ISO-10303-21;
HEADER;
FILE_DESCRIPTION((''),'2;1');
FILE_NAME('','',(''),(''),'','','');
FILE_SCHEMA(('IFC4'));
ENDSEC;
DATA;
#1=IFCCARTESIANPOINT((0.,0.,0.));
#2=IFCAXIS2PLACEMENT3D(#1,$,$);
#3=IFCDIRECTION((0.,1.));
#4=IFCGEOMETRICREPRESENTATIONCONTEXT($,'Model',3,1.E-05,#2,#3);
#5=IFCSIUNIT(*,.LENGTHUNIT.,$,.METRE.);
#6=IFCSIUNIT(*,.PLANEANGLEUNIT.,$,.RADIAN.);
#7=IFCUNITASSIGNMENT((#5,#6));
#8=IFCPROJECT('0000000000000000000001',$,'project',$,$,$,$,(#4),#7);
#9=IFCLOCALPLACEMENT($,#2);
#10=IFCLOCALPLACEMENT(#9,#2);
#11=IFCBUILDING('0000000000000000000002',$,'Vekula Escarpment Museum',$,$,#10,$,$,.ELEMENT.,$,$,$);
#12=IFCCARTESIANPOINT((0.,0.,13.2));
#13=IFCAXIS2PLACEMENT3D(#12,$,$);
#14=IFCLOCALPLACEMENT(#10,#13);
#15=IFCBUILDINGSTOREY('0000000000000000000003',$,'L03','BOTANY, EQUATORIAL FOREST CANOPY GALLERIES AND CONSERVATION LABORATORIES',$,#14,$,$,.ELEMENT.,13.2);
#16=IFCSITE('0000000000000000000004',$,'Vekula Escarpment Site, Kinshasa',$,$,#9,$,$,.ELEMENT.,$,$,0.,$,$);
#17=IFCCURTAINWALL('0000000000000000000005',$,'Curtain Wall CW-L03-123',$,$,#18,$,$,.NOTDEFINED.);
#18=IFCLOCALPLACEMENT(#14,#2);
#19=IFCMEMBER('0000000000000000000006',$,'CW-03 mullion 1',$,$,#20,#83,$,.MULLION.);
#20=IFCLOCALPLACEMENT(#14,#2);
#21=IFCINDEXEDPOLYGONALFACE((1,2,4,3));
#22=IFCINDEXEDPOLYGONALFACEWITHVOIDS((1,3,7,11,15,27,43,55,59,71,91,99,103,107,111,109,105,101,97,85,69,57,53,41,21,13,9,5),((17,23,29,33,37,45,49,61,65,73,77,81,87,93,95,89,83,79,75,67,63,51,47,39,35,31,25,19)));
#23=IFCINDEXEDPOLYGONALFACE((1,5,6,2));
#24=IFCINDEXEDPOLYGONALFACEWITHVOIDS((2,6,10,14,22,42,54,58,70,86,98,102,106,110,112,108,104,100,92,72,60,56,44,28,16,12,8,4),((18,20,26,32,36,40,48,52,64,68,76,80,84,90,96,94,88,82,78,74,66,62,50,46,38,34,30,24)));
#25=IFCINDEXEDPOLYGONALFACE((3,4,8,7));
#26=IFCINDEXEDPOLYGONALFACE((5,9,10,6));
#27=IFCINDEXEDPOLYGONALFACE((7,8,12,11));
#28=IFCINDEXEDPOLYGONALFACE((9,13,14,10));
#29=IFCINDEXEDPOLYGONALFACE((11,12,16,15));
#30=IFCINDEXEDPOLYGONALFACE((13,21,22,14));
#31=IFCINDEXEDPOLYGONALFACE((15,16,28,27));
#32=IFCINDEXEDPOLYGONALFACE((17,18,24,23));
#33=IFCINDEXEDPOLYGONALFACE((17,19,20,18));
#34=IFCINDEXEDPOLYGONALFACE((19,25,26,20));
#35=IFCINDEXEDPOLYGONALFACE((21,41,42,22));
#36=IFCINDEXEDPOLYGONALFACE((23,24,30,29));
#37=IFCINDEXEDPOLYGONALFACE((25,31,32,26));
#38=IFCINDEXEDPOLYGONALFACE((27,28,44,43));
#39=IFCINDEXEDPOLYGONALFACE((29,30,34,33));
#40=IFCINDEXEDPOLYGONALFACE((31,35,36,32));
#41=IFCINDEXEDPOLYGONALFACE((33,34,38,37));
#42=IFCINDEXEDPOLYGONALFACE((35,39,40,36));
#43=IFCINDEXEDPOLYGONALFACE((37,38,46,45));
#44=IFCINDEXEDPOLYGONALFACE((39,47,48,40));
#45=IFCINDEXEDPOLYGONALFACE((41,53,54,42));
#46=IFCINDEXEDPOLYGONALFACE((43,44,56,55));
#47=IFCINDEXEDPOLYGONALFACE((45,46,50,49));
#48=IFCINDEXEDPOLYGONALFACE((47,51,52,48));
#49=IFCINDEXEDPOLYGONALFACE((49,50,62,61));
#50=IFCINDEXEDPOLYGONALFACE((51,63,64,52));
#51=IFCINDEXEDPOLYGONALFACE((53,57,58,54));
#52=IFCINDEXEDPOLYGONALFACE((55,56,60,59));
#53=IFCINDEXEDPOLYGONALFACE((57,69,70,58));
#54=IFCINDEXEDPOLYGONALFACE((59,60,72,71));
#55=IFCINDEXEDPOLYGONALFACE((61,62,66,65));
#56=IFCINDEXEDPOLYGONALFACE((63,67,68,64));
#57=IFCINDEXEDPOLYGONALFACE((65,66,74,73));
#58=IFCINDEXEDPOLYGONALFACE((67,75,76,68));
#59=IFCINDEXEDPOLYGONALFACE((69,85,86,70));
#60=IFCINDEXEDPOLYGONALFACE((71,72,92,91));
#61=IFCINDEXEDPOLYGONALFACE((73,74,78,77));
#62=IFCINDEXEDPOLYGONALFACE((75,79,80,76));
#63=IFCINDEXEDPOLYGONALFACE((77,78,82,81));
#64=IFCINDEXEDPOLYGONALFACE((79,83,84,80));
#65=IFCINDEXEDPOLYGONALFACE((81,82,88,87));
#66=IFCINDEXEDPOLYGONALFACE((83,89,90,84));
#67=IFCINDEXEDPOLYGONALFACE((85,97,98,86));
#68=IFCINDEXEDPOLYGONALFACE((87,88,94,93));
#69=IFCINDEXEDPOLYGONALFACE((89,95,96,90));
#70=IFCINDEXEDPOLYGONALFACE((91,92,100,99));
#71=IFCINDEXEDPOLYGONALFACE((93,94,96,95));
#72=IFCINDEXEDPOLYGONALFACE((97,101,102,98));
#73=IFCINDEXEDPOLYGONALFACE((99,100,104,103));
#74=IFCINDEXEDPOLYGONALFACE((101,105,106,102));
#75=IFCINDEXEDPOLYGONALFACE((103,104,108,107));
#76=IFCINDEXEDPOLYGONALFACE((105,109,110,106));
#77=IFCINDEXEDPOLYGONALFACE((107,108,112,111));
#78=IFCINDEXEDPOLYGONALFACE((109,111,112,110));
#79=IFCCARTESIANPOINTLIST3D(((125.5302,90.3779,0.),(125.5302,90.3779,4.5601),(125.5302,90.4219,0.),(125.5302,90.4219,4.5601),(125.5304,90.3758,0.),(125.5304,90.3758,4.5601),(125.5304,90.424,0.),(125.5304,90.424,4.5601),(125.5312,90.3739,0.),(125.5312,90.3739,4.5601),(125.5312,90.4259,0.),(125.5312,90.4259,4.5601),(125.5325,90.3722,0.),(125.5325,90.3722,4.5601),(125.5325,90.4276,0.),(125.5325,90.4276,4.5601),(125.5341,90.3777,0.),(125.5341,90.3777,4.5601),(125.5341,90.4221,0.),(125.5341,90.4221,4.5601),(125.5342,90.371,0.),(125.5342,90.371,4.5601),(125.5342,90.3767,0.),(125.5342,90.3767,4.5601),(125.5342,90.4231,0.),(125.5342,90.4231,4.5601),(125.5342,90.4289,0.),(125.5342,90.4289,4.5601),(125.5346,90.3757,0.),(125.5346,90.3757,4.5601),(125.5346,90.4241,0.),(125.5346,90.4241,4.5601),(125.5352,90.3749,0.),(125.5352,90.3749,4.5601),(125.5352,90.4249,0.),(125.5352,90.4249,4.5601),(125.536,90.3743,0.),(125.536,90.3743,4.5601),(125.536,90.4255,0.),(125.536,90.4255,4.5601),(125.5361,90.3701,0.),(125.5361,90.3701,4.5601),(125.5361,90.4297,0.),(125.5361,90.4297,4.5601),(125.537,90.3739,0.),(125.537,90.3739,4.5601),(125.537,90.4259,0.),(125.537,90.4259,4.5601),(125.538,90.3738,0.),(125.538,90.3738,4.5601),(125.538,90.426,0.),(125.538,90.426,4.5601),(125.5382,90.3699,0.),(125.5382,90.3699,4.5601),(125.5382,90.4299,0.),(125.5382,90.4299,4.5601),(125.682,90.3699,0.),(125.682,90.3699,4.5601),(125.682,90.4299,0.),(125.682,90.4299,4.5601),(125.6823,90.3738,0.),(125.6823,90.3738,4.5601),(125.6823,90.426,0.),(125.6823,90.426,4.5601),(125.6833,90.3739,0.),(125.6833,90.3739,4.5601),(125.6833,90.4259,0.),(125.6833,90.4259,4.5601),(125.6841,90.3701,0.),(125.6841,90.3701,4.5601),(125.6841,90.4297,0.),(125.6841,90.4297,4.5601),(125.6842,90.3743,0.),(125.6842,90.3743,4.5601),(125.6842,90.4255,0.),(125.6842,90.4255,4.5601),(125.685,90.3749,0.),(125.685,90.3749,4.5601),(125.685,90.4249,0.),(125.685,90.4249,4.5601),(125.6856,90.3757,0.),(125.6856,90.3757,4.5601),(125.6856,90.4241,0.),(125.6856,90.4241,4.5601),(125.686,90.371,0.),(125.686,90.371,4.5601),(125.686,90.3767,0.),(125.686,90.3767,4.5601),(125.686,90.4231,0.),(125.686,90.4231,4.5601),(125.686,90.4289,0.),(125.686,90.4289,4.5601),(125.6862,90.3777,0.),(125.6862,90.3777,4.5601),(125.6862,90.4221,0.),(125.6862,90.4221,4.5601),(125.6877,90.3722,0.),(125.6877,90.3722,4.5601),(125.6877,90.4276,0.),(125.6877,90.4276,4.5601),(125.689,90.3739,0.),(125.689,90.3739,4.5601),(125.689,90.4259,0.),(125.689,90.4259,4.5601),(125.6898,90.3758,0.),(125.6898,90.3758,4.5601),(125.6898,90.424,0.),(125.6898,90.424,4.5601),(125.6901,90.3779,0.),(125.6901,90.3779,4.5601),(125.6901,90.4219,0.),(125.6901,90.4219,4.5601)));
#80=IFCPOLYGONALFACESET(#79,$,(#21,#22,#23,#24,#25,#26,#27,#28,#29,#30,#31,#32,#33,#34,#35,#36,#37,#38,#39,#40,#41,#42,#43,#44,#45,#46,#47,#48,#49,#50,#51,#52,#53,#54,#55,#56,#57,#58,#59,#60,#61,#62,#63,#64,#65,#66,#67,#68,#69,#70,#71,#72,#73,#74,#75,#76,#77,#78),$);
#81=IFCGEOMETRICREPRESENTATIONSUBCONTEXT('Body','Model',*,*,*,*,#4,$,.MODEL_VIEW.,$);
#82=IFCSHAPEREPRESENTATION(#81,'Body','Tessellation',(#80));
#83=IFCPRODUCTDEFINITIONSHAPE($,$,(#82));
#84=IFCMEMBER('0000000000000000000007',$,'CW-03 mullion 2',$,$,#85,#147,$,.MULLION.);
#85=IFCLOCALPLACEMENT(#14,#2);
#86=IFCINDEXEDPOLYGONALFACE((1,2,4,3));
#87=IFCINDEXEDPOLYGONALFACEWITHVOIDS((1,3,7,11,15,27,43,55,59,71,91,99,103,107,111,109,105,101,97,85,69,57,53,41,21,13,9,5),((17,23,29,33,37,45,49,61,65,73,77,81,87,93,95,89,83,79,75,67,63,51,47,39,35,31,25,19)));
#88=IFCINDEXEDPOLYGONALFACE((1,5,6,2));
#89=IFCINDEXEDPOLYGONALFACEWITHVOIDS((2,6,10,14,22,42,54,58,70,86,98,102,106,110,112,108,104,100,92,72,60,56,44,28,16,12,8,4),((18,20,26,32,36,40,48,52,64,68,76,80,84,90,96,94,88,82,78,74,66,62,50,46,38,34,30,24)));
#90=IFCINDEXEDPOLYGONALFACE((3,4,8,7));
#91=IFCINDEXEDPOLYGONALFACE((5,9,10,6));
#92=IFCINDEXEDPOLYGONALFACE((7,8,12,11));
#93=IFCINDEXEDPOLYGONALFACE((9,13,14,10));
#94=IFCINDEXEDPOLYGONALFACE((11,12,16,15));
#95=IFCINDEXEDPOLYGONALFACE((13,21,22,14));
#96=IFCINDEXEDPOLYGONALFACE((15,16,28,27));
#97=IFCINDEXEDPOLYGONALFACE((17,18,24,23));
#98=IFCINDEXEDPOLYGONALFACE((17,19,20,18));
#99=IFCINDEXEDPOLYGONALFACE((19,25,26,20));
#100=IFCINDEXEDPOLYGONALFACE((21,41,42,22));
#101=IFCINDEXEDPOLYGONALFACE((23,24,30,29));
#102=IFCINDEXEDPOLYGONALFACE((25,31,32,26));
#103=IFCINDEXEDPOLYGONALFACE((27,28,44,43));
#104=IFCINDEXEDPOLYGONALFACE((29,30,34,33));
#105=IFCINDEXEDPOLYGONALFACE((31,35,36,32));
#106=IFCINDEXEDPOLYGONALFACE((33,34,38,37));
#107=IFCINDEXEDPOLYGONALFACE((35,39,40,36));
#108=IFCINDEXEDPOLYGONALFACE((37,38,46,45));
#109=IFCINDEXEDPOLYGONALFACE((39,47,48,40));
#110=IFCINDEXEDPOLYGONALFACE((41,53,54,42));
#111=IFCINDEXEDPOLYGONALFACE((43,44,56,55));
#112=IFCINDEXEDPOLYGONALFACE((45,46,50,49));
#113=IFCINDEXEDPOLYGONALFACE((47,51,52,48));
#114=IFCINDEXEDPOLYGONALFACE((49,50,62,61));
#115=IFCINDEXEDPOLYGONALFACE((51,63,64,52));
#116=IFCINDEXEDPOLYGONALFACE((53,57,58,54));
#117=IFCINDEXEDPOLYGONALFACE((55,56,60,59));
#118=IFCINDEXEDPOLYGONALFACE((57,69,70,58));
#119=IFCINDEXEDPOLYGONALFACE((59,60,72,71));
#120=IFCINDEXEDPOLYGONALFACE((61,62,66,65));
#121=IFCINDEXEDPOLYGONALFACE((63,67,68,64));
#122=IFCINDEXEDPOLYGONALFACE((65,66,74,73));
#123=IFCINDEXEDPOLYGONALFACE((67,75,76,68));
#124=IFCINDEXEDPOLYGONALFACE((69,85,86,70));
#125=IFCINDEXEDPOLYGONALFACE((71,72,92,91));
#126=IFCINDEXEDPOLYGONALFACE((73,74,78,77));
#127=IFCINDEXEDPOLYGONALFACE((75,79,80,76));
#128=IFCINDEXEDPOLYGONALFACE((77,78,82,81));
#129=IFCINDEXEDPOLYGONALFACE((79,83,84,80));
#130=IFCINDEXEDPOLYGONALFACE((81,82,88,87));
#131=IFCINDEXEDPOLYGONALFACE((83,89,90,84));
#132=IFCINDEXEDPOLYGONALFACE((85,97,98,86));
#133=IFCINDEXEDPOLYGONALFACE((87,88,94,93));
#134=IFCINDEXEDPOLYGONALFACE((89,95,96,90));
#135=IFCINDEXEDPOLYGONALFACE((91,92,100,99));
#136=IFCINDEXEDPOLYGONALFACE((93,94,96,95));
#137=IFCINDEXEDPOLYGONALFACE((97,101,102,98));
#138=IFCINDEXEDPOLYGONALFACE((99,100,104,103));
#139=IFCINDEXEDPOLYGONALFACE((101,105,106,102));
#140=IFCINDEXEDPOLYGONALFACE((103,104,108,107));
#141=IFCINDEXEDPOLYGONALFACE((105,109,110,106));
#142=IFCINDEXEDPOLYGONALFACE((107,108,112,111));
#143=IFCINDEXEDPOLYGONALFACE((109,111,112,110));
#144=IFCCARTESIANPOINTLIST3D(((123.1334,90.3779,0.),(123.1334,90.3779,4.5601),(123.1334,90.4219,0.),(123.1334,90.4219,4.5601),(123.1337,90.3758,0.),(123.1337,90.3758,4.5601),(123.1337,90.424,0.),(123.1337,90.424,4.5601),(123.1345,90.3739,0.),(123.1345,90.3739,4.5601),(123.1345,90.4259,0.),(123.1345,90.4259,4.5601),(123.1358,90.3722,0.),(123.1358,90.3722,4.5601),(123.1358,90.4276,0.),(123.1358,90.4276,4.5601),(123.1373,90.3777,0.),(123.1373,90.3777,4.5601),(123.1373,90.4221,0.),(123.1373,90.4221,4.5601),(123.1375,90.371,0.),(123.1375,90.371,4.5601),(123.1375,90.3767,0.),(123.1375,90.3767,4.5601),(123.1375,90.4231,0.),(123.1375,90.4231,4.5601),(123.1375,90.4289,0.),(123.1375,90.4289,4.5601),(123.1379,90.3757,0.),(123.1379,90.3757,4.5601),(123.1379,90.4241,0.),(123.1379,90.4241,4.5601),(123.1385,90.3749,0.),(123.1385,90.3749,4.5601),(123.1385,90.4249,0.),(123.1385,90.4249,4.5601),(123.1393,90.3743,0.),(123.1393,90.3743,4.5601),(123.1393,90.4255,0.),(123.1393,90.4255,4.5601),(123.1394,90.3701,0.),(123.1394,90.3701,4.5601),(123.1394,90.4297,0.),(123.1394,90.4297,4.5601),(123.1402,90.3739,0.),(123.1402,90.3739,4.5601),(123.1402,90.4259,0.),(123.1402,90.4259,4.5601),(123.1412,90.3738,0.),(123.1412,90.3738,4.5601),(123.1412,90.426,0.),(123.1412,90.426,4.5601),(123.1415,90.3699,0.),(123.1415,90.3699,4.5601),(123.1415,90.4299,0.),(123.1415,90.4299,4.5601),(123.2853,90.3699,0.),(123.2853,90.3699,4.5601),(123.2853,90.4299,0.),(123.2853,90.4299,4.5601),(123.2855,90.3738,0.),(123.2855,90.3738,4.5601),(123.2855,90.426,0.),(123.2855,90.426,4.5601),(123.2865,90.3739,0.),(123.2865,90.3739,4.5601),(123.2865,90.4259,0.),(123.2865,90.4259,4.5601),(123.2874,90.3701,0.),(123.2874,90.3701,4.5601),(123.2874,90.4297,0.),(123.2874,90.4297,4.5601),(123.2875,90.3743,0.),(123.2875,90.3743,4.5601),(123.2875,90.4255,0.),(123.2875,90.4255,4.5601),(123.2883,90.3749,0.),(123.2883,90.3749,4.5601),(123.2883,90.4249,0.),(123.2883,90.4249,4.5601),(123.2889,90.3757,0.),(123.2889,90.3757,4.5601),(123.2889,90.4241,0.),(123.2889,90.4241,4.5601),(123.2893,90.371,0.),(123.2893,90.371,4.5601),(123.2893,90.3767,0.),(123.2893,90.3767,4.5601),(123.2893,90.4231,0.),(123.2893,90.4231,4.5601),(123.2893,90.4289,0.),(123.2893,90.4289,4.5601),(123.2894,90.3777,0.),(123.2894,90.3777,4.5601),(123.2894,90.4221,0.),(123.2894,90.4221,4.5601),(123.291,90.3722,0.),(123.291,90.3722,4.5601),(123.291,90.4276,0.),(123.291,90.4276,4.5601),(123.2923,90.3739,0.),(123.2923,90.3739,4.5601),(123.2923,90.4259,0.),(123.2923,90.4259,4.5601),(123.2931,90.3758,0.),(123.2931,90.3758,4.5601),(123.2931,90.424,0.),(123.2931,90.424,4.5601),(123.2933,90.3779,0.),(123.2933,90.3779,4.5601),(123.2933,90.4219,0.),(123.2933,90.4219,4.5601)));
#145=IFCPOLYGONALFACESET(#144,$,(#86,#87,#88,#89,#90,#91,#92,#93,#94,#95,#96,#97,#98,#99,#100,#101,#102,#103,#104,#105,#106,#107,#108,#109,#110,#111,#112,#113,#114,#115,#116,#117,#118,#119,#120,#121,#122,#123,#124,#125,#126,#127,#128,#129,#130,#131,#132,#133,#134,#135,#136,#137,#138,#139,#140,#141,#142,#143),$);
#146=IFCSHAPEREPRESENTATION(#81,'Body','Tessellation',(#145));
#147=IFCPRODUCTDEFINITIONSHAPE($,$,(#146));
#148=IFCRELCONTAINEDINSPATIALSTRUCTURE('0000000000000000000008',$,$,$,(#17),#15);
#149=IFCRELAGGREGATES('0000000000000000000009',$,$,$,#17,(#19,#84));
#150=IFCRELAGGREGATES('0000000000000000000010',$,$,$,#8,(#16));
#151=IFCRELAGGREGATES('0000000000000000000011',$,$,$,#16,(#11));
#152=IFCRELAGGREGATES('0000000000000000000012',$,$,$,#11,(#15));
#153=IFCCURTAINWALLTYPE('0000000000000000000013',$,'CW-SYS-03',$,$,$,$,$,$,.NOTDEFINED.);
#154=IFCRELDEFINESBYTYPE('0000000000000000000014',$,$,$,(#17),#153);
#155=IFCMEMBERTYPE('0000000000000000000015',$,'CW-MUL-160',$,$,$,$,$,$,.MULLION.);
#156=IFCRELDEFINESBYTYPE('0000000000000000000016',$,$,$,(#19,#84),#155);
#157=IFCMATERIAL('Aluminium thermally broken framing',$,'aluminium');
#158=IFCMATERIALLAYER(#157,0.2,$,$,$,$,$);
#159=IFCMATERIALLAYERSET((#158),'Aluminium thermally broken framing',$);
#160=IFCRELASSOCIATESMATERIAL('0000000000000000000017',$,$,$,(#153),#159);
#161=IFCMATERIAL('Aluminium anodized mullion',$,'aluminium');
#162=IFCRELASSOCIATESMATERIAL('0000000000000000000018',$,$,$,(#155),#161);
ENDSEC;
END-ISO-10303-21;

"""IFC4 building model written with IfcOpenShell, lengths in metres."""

from ifc_helpers import new_model, si_unit, direction, frame, origin, origin_2d, place, context, subcontext, project, spatial, hollow_rectangle, extrude, material, layer, layer_set, material_profile, profile_set, type_object, element, aggregate, save


model = new_model("IFC4")

# Units and contexts
model_context = context("Model", 3, precision=1e-05, world=origin(), true_north=direction((0.0, 1.0)))
body_context = subcontext(model_context, "Body", "Model", "MODEL_VIEW")
ifc_project = project(units=[si_unit("LENGTHUNIT", "METRE"), si_unit("PLANEANGLEUNIT", "RADIAN")], contexts=[model_context])

# Site, building, storey
site_placement = place(None, origin())
site = spatial("IfcSite", under=ifc_project, at=site_placement, Name="Vekula Escarpment Site, Kinshasa", CompositionType="ELEMENT", RefElevation=0.0)
building_placement = place(site_placement, origin())
building = spatial("IfcBuilding", under=site, at=building_placement, Name="Vekula Escarpment Museum", CompositionType="ELEMENT")
storey_placement = place(building_placement, frame((0.0, 0.0, 13.2)))
storey = spatial("IfcBuildingStorey", under=building, at=storey_placement, Name="L03", Description="BOTANY, EQUATORIAL FOREST CANOPY GALLERIES AND CONSERVATION LABORATORIES", CompositionType="ELEMENT", Elevation=13.2)

# Curtain wall, members
ifc_material_1 = material(Name="Aluminium thermally broken framing", Category="aluminium")
ifc_layer_1 = layer(ifc_material_1, 0.2)
ifc_layer_set_1 = layer_set([ifc_layer_1], Name="Aluminium thermally broken framing")
curtain_wall_type_1 = type_object("IfcCurtainWallType", Name="CW-SYS-03", PredefinedType="NOTDEFINED", material=ifc_layer_set_1)
curtain_wall_1_placement = place(storey_placement, origin())
curtain_wall_1 = element("IfcCurtainWall", 1, at=curtain_wall_1_placement, inside=storey, type_object=curtain_wall_type_1, Name="Curtain Wall CW-L03-123", PredefinedType="NOTDEFINED")
ifc_material_2 = material(Name="Aluminium anodized mullion", Category="aluminium")
ifc_material_profile_1 = material_profile(ifc_material_2, hollow_rectangle(XDim=0.0601, YDim=0.1599, WallThickness=0.0039, InnerFilletRadius=0.0039, OuterFilletRadius=0.0081, at=origin_2d()), Name="ALU 160x60x4")
ifc_profile_set_1 = profile_set([ifc_material_profile_1], Name="Aluminium anodized mullion")
member_type_1 = type_object("IfcMemberType", Name="CW-MUL-160", PredefinedType="MULLION", material=ifc_profile_set_1)
member_1_placement = place(storey_placement, frame((125.6101, 90.3999, 0.0), z_axis=(0.0, 0.0, 1.0), x_axis=(0.0, -1.0, 0.0)))
member_1 = element("IfcMember", 2, at=member_1_placement, type_object=member_type_1, Name="CW-03 mullion 1", PredefinedType="MULLION", context=body_context, shape_type="SweptSolid", body=[
    extrude(hollow_rectangle(XDim=0.0601, YDim=0.1599, WallThickness=0.0039, InnerFilletRadius=0.0039, OuterFilletRadius=0.0081, at=origin_2d()), origin(), (0.0, 0.0, 1.0), 4.5601),
])
member_2_placement = place(storey_placement, frame((123.2134, 90.3999, 0.0), z_axis=(0.0, 0.0, 1.0), x_axis=(0.0, -1.0, 0.0)))
member_2 = element("IfcMember", 3, at=member_2_placement, type_object=member_type_1, Name="CW-03 mullion 2", PredefinedType="MULLION", context=body_context, shape_type="SweptSolid", body=[
    extrude(hollow_rectangle(XDim=0.0601, YDim=0.1599, WallThickness=0.0039, InnerFilletRadius=0.0039, OuterFilletRadius=0.0081, at=origin_2d()), origin(), (0.0, 0.0, 1.0), 4.5601),
])

aggregate(curtain_wall_1, [member_1, member_2])

save(model, "model.ifc")
